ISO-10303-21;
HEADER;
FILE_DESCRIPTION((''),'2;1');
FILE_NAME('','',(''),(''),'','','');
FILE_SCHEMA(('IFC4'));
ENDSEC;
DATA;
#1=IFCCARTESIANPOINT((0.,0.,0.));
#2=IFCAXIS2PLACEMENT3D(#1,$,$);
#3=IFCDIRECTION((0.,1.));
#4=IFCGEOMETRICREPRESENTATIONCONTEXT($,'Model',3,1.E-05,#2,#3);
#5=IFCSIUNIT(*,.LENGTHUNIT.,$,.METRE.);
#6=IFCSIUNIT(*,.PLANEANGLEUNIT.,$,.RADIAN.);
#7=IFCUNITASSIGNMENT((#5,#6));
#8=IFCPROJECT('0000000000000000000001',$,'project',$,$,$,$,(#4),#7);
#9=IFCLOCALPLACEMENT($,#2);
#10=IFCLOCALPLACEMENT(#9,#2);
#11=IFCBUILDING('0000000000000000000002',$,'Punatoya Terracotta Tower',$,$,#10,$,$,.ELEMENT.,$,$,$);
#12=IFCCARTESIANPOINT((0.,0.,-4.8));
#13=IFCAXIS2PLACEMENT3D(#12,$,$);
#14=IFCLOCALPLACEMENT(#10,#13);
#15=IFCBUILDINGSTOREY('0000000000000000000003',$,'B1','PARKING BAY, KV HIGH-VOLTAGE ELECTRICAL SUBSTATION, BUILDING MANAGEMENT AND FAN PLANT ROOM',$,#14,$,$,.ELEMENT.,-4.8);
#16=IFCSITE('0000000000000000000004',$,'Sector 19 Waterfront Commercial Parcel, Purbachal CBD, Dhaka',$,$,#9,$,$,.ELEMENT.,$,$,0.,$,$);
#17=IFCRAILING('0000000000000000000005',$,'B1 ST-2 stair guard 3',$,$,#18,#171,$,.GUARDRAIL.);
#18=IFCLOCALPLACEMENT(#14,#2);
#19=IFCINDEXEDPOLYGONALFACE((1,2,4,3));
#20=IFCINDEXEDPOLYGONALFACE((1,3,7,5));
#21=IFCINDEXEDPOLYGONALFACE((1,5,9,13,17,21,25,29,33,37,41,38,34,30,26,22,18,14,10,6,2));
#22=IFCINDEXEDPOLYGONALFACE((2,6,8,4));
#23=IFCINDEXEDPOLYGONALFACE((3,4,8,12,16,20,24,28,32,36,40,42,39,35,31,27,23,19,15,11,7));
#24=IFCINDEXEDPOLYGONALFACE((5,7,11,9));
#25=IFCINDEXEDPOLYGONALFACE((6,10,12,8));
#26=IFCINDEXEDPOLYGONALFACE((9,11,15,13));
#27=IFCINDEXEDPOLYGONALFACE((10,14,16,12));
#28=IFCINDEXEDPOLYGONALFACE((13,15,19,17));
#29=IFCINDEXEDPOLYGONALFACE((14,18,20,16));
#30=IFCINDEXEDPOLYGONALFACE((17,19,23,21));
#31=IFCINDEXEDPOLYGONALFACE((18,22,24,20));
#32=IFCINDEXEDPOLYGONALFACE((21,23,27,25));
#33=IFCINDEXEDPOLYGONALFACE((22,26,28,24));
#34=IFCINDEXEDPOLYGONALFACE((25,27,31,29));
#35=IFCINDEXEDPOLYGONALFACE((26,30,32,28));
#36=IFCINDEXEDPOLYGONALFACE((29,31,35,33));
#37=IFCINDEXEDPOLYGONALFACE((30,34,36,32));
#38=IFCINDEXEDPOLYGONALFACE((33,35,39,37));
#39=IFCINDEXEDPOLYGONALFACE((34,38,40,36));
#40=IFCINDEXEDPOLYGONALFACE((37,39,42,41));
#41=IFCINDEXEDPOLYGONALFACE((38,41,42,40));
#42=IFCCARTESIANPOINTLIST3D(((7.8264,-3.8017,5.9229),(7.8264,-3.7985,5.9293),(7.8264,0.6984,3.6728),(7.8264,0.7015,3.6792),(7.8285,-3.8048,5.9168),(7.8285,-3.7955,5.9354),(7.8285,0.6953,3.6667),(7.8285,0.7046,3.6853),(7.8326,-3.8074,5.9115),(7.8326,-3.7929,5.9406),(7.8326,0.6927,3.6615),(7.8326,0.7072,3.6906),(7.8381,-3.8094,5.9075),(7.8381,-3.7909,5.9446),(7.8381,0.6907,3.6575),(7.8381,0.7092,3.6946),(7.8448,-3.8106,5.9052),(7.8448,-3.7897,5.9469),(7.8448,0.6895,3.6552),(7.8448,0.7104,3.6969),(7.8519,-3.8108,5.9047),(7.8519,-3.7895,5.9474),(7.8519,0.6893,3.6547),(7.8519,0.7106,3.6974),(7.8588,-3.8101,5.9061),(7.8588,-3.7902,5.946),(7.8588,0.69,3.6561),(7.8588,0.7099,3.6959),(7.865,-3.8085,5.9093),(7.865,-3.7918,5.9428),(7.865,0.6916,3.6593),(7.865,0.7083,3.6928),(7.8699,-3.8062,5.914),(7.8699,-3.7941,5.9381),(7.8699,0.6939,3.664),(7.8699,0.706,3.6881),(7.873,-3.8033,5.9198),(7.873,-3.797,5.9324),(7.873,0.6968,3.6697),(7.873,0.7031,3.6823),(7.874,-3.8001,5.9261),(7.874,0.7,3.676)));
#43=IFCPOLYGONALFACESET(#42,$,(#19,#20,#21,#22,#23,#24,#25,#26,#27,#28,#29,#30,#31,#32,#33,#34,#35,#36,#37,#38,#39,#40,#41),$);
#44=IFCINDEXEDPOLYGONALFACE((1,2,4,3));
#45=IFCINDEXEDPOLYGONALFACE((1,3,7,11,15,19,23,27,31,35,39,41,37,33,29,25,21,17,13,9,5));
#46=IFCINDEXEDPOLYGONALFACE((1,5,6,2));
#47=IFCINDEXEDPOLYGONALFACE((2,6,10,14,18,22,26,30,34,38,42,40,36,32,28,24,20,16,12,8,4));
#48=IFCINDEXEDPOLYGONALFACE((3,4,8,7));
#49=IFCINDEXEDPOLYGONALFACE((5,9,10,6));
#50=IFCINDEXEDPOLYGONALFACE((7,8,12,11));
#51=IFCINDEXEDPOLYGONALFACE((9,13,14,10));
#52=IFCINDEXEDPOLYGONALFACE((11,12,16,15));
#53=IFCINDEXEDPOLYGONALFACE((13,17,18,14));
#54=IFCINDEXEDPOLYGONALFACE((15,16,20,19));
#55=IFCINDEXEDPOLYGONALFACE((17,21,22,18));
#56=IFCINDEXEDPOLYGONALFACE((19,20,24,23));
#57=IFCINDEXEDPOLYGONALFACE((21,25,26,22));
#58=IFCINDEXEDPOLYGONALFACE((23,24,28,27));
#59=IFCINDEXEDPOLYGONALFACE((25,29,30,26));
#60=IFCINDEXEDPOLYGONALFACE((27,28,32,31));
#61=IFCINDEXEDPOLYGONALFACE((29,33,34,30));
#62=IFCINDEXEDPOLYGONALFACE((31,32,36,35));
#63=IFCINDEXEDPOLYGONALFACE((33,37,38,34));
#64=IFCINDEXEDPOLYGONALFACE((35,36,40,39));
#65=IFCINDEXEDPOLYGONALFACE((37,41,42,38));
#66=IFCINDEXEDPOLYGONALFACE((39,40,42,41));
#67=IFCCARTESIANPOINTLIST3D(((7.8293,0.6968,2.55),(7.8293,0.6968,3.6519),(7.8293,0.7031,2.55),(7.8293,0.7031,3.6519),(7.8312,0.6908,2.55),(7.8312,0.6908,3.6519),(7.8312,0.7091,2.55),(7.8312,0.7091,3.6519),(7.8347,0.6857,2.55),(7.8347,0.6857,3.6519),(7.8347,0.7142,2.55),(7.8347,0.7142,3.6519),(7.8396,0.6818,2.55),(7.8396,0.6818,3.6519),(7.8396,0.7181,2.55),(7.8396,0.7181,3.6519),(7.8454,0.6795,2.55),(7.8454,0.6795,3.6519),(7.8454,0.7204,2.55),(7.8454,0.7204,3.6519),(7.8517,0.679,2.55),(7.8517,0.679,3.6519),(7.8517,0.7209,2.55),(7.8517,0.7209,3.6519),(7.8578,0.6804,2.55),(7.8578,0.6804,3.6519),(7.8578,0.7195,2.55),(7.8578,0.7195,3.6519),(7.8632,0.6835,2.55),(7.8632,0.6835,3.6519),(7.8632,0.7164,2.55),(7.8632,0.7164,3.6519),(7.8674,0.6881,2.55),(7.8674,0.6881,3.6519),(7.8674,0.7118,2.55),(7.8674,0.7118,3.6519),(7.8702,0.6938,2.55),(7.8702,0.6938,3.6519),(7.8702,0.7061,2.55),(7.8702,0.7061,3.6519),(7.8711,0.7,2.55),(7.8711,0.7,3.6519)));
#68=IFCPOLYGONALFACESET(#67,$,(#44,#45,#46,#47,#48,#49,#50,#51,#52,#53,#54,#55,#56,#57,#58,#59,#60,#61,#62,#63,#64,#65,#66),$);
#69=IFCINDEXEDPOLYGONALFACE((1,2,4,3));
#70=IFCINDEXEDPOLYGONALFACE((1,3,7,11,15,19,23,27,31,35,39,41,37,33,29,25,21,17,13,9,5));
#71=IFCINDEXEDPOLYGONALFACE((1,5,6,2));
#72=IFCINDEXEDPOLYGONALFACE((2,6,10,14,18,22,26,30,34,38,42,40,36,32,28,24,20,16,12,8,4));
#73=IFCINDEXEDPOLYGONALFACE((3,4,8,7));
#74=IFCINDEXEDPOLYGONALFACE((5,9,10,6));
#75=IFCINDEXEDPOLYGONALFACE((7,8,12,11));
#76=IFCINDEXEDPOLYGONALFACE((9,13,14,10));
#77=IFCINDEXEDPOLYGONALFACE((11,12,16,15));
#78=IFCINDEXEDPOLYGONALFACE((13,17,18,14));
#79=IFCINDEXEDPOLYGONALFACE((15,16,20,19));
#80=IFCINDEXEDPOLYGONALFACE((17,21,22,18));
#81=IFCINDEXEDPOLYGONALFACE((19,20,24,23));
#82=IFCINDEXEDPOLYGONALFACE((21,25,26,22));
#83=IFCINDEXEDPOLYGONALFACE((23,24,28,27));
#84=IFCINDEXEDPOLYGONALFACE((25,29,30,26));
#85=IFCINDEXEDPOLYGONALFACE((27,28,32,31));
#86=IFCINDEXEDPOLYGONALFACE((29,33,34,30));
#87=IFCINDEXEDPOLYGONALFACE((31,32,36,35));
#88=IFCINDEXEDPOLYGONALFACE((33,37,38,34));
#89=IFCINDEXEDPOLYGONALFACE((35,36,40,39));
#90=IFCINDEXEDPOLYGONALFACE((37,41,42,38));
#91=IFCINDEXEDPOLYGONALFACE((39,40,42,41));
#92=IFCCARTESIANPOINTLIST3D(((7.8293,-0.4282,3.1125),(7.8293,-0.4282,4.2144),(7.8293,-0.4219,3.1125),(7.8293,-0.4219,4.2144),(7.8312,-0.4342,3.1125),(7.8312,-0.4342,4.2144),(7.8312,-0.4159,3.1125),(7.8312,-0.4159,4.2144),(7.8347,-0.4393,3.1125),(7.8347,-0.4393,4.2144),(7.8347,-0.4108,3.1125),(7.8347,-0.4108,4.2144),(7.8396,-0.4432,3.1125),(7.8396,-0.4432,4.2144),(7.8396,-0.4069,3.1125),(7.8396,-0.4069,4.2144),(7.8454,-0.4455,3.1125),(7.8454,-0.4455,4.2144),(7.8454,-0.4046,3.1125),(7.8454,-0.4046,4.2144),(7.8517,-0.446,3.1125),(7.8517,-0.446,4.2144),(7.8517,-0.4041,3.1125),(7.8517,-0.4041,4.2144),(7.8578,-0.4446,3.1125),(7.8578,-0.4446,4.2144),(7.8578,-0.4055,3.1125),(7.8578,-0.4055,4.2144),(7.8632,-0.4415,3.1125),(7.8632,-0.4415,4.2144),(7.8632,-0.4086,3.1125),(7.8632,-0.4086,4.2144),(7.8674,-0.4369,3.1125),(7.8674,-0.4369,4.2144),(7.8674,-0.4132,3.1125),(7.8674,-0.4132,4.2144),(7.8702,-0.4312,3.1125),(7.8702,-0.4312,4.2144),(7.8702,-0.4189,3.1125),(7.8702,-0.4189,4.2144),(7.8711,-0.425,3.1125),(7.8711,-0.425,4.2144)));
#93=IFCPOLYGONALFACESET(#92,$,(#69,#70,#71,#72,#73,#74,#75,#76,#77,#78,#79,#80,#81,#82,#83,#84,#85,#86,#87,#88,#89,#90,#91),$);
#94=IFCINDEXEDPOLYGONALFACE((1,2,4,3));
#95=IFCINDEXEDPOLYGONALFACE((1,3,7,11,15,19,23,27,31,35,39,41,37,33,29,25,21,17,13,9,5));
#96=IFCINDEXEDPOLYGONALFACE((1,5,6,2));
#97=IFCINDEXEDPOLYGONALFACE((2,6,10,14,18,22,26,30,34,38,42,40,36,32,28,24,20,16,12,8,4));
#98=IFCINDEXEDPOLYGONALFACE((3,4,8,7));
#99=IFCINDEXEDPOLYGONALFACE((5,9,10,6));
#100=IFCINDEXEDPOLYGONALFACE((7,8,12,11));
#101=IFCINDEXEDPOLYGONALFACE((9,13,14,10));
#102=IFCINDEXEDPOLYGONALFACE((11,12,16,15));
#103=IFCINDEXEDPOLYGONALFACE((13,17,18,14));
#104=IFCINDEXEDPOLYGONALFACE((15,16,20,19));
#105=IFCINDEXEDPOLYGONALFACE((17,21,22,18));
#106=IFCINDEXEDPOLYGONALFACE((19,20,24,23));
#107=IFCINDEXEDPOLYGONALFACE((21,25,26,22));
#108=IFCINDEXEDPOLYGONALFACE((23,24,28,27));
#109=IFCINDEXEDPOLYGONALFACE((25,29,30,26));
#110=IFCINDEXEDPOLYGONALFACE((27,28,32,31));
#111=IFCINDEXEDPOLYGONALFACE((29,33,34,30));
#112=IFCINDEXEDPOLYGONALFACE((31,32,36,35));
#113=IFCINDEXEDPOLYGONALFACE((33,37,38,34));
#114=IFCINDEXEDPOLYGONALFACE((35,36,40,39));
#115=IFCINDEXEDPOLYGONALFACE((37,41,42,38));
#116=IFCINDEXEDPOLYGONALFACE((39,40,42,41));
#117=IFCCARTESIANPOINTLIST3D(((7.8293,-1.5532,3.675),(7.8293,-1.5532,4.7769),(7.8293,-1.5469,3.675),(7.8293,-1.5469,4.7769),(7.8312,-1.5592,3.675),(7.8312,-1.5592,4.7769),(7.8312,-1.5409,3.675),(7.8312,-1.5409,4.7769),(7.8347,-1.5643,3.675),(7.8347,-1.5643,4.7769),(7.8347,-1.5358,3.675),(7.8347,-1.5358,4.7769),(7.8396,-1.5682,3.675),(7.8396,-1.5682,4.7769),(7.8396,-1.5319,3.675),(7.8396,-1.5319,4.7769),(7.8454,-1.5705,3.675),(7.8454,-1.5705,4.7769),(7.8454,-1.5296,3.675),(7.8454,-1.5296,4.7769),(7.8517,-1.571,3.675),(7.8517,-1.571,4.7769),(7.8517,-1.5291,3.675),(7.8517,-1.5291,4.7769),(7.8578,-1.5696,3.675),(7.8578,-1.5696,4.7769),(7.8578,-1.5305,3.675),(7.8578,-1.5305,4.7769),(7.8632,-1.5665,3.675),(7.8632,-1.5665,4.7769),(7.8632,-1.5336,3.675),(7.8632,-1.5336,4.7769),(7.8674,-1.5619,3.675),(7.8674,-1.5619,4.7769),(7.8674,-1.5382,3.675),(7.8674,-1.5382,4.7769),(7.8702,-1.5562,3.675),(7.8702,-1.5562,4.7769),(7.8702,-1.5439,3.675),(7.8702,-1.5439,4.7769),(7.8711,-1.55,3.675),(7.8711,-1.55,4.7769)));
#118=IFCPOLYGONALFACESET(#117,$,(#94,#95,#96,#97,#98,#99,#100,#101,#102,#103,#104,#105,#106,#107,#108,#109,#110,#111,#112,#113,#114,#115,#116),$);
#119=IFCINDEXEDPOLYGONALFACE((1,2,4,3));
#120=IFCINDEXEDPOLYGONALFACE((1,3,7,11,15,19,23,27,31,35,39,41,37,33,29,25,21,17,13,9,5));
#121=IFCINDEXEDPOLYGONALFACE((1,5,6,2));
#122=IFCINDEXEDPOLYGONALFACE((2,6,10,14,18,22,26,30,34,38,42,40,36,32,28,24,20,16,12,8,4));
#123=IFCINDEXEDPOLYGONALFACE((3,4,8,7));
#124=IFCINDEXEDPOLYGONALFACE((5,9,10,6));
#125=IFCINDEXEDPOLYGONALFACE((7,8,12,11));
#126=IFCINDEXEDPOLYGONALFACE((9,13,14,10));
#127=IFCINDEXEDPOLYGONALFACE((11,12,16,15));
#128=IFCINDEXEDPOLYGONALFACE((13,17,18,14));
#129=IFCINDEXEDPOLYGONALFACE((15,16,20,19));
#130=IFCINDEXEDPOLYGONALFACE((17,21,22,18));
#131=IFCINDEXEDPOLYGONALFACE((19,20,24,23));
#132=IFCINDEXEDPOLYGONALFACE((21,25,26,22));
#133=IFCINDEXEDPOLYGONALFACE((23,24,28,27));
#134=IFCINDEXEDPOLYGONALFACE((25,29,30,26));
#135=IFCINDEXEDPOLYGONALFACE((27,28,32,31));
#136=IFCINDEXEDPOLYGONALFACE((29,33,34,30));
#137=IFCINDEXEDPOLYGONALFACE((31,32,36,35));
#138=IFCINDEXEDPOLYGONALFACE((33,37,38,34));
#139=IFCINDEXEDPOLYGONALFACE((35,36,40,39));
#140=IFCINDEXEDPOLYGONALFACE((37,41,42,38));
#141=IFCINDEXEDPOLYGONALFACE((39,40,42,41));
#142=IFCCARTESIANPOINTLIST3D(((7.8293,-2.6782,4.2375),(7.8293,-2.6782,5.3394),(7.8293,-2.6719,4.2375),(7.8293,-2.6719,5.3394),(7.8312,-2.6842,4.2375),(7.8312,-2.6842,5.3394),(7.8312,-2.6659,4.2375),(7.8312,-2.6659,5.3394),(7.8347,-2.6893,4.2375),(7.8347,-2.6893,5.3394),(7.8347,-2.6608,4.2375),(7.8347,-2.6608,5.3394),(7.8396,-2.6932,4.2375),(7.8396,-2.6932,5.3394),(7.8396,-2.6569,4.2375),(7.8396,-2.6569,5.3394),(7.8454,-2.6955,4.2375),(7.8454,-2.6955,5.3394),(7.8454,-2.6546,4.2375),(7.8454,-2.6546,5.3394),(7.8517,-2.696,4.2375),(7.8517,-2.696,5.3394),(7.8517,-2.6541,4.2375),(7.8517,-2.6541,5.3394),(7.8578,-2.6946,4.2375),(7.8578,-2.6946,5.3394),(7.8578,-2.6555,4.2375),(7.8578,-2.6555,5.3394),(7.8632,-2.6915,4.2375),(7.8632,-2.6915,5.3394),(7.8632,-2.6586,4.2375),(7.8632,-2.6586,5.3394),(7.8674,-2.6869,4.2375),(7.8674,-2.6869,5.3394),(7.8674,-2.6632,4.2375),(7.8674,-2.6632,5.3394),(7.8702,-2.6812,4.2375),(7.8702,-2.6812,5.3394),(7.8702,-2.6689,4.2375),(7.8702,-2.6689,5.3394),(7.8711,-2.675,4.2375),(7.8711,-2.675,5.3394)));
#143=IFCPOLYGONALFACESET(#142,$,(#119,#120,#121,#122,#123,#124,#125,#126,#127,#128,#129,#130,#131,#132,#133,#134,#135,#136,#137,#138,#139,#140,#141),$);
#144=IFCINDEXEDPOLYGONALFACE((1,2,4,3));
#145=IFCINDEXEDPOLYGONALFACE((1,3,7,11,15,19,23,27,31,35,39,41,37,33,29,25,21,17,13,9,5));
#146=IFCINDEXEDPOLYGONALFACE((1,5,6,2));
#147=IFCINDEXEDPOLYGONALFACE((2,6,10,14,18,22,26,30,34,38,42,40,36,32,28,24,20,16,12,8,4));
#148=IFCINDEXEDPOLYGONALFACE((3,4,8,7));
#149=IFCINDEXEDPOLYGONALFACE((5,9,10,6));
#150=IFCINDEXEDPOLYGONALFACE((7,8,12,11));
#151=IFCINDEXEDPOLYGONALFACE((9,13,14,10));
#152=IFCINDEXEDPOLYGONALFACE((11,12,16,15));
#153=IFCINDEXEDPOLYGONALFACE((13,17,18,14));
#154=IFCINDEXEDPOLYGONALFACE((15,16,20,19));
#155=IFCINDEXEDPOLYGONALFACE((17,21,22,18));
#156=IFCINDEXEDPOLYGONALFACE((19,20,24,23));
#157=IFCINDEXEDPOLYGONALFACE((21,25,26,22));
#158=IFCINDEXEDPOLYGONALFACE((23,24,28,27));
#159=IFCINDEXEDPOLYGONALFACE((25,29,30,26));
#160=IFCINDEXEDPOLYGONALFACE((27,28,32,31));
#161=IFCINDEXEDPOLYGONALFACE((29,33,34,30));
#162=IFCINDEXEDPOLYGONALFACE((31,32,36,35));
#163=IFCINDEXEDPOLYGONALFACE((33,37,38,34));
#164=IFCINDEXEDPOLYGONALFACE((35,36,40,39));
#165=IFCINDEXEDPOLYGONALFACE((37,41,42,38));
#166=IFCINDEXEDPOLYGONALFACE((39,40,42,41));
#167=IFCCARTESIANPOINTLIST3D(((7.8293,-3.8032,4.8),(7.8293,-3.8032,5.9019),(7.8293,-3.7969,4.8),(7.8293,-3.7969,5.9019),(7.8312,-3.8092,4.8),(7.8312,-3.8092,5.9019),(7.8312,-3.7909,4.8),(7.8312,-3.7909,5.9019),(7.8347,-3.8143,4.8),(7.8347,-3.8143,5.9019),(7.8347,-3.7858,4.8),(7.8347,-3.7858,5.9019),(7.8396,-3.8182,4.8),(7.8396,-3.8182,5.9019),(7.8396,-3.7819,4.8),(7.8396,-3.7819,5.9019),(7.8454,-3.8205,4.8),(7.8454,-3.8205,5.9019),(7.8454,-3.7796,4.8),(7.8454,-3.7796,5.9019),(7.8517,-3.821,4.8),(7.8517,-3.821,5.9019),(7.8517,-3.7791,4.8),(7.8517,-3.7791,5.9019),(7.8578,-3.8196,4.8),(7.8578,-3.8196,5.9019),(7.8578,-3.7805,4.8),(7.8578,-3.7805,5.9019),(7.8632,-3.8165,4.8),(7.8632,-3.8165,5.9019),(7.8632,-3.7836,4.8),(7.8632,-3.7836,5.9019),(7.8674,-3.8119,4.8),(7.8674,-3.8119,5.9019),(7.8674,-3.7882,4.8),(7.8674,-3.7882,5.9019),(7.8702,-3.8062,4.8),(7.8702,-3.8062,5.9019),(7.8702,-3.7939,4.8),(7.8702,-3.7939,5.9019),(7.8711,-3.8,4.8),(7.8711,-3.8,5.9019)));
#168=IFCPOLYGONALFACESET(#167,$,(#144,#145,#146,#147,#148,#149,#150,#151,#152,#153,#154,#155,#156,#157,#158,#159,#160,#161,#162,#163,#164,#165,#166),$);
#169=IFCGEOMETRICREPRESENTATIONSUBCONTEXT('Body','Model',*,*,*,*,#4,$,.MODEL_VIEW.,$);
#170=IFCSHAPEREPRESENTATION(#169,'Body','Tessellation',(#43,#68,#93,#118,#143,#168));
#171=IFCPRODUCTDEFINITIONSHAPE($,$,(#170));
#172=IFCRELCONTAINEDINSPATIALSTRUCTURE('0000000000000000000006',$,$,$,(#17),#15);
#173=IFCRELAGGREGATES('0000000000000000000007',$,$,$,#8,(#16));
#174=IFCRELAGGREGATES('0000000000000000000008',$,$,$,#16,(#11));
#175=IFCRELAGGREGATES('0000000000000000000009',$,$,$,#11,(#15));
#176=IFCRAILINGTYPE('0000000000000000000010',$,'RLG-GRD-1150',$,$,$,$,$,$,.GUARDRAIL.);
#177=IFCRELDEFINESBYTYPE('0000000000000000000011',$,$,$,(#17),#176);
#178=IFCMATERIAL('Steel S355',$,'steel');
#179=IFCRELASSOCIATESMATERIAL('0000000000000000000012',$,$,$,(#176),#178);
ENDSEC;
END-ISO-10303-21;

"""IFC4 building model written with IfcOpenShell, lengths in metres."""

from ifc_helpers import new_model, si_unit, direction, frame, origin, origin_2d, place, context, subcontext, project, spatial, circle, extrude, material, type_object, element, save


model = new_model("IFC4")

# Units and contexts
model_context = context("Model", 3, precision=1e-05, world=origin(), true_north=direction((0.0, 1.0)))
body_context = subcontext(model_context, "Body", "Model", "MODEL_VIEW")
ifc_project = project(units=[si_unit("LENGTHUNIT", "METRE"), si_unit("PLANEANGLEUNIT", "RADIAN")], contexts=[model_context])

# Site, building, storey
site_placement = place(None, origin())
site = spatial("IfcSite", under=ifc_project, at=site_placement, Name="Sector 19 Waterfront Commercial Parcel, Purbachal CBD, Dhaka", CompositionType="ELEMENT", RefElevation=0.0)
building_placement = place(site_placement, origin())
building = spatial("IfcBuilding", under=site, at=building_placement, Name="Punatoya Terracotta Tower", CompositionType="ELEMENT")
storey_placement = place(building_placement, frame((0.0, 0.0, -4.8)))
storey = spatial("IfcBuildingStorey", under=building, at=storey_placement, Name="B1", Description="PARKING BAY, KV HIGH-VOLTAGE ELECTRICAL SUBSTATION, BUILDING MANAGEMENT AND FAN PLANT ROOM", CompositionType="ELEMENT", Elevation=-4.8)

# Shared definitions
ifc_material_1 = material(Name="Steel S355", Category="steel")

# Railing
railing_type_1 = type_object("IfcRailingType", Name="RLG-GRD-1150", PredefinedType="GUARDRAIL", material=ifc_material_1)
railing_1_placement = place(storey_placement, frame((7.8501, 0.7, 2.55)))
element("IfcRailing", 1, at=railing_1_placement, inside=storey, type_object=railing_type_1, Name="B1 ST-2 stair guard 3", PredefinedType="GUARDRAIL", context=body_context, shape_type="SweptSolid", body=[
    extrude(circle(Radius=0.0239, at=origin_2d()), frame((0.0, 0.0, 1.126), z_axis=(0.0, -0.894427, 0.447214), x_axis=(1.0, 0.0, 0.0)), (0.0, 0.0, 1.0), 5.0312),
    extrude(circle(Radius=0.021, at=origin_2d()), origin(), (0.0, 0.0, 1.0), 1.1018),
    extrude(circle(Radius=0.021, at=origin_2d()), frame((0.0, -1.125, 0.5625)), (0.0, 0.0, 1.0), 1.1018),
    extrude(circle(Radius=0.021, at=origin_2d()), frame((0.0, -2.25, 1.125)), (0.0, 0.0, 1.0), 1.1018),
    extrude(circle(Radius=0.021, at=origin_2d()), frame((0.0, -3.375, 1.6875)), (0.0, 0.0, 1.0), 1.1018),
    extrude(circle(Radius=0.021, at=origin_2d()), frame((0.0, -4.5, 2.25)), (0.0, 0.0, 1.0), 1.1018),
])

save(model, "model.ifc")
